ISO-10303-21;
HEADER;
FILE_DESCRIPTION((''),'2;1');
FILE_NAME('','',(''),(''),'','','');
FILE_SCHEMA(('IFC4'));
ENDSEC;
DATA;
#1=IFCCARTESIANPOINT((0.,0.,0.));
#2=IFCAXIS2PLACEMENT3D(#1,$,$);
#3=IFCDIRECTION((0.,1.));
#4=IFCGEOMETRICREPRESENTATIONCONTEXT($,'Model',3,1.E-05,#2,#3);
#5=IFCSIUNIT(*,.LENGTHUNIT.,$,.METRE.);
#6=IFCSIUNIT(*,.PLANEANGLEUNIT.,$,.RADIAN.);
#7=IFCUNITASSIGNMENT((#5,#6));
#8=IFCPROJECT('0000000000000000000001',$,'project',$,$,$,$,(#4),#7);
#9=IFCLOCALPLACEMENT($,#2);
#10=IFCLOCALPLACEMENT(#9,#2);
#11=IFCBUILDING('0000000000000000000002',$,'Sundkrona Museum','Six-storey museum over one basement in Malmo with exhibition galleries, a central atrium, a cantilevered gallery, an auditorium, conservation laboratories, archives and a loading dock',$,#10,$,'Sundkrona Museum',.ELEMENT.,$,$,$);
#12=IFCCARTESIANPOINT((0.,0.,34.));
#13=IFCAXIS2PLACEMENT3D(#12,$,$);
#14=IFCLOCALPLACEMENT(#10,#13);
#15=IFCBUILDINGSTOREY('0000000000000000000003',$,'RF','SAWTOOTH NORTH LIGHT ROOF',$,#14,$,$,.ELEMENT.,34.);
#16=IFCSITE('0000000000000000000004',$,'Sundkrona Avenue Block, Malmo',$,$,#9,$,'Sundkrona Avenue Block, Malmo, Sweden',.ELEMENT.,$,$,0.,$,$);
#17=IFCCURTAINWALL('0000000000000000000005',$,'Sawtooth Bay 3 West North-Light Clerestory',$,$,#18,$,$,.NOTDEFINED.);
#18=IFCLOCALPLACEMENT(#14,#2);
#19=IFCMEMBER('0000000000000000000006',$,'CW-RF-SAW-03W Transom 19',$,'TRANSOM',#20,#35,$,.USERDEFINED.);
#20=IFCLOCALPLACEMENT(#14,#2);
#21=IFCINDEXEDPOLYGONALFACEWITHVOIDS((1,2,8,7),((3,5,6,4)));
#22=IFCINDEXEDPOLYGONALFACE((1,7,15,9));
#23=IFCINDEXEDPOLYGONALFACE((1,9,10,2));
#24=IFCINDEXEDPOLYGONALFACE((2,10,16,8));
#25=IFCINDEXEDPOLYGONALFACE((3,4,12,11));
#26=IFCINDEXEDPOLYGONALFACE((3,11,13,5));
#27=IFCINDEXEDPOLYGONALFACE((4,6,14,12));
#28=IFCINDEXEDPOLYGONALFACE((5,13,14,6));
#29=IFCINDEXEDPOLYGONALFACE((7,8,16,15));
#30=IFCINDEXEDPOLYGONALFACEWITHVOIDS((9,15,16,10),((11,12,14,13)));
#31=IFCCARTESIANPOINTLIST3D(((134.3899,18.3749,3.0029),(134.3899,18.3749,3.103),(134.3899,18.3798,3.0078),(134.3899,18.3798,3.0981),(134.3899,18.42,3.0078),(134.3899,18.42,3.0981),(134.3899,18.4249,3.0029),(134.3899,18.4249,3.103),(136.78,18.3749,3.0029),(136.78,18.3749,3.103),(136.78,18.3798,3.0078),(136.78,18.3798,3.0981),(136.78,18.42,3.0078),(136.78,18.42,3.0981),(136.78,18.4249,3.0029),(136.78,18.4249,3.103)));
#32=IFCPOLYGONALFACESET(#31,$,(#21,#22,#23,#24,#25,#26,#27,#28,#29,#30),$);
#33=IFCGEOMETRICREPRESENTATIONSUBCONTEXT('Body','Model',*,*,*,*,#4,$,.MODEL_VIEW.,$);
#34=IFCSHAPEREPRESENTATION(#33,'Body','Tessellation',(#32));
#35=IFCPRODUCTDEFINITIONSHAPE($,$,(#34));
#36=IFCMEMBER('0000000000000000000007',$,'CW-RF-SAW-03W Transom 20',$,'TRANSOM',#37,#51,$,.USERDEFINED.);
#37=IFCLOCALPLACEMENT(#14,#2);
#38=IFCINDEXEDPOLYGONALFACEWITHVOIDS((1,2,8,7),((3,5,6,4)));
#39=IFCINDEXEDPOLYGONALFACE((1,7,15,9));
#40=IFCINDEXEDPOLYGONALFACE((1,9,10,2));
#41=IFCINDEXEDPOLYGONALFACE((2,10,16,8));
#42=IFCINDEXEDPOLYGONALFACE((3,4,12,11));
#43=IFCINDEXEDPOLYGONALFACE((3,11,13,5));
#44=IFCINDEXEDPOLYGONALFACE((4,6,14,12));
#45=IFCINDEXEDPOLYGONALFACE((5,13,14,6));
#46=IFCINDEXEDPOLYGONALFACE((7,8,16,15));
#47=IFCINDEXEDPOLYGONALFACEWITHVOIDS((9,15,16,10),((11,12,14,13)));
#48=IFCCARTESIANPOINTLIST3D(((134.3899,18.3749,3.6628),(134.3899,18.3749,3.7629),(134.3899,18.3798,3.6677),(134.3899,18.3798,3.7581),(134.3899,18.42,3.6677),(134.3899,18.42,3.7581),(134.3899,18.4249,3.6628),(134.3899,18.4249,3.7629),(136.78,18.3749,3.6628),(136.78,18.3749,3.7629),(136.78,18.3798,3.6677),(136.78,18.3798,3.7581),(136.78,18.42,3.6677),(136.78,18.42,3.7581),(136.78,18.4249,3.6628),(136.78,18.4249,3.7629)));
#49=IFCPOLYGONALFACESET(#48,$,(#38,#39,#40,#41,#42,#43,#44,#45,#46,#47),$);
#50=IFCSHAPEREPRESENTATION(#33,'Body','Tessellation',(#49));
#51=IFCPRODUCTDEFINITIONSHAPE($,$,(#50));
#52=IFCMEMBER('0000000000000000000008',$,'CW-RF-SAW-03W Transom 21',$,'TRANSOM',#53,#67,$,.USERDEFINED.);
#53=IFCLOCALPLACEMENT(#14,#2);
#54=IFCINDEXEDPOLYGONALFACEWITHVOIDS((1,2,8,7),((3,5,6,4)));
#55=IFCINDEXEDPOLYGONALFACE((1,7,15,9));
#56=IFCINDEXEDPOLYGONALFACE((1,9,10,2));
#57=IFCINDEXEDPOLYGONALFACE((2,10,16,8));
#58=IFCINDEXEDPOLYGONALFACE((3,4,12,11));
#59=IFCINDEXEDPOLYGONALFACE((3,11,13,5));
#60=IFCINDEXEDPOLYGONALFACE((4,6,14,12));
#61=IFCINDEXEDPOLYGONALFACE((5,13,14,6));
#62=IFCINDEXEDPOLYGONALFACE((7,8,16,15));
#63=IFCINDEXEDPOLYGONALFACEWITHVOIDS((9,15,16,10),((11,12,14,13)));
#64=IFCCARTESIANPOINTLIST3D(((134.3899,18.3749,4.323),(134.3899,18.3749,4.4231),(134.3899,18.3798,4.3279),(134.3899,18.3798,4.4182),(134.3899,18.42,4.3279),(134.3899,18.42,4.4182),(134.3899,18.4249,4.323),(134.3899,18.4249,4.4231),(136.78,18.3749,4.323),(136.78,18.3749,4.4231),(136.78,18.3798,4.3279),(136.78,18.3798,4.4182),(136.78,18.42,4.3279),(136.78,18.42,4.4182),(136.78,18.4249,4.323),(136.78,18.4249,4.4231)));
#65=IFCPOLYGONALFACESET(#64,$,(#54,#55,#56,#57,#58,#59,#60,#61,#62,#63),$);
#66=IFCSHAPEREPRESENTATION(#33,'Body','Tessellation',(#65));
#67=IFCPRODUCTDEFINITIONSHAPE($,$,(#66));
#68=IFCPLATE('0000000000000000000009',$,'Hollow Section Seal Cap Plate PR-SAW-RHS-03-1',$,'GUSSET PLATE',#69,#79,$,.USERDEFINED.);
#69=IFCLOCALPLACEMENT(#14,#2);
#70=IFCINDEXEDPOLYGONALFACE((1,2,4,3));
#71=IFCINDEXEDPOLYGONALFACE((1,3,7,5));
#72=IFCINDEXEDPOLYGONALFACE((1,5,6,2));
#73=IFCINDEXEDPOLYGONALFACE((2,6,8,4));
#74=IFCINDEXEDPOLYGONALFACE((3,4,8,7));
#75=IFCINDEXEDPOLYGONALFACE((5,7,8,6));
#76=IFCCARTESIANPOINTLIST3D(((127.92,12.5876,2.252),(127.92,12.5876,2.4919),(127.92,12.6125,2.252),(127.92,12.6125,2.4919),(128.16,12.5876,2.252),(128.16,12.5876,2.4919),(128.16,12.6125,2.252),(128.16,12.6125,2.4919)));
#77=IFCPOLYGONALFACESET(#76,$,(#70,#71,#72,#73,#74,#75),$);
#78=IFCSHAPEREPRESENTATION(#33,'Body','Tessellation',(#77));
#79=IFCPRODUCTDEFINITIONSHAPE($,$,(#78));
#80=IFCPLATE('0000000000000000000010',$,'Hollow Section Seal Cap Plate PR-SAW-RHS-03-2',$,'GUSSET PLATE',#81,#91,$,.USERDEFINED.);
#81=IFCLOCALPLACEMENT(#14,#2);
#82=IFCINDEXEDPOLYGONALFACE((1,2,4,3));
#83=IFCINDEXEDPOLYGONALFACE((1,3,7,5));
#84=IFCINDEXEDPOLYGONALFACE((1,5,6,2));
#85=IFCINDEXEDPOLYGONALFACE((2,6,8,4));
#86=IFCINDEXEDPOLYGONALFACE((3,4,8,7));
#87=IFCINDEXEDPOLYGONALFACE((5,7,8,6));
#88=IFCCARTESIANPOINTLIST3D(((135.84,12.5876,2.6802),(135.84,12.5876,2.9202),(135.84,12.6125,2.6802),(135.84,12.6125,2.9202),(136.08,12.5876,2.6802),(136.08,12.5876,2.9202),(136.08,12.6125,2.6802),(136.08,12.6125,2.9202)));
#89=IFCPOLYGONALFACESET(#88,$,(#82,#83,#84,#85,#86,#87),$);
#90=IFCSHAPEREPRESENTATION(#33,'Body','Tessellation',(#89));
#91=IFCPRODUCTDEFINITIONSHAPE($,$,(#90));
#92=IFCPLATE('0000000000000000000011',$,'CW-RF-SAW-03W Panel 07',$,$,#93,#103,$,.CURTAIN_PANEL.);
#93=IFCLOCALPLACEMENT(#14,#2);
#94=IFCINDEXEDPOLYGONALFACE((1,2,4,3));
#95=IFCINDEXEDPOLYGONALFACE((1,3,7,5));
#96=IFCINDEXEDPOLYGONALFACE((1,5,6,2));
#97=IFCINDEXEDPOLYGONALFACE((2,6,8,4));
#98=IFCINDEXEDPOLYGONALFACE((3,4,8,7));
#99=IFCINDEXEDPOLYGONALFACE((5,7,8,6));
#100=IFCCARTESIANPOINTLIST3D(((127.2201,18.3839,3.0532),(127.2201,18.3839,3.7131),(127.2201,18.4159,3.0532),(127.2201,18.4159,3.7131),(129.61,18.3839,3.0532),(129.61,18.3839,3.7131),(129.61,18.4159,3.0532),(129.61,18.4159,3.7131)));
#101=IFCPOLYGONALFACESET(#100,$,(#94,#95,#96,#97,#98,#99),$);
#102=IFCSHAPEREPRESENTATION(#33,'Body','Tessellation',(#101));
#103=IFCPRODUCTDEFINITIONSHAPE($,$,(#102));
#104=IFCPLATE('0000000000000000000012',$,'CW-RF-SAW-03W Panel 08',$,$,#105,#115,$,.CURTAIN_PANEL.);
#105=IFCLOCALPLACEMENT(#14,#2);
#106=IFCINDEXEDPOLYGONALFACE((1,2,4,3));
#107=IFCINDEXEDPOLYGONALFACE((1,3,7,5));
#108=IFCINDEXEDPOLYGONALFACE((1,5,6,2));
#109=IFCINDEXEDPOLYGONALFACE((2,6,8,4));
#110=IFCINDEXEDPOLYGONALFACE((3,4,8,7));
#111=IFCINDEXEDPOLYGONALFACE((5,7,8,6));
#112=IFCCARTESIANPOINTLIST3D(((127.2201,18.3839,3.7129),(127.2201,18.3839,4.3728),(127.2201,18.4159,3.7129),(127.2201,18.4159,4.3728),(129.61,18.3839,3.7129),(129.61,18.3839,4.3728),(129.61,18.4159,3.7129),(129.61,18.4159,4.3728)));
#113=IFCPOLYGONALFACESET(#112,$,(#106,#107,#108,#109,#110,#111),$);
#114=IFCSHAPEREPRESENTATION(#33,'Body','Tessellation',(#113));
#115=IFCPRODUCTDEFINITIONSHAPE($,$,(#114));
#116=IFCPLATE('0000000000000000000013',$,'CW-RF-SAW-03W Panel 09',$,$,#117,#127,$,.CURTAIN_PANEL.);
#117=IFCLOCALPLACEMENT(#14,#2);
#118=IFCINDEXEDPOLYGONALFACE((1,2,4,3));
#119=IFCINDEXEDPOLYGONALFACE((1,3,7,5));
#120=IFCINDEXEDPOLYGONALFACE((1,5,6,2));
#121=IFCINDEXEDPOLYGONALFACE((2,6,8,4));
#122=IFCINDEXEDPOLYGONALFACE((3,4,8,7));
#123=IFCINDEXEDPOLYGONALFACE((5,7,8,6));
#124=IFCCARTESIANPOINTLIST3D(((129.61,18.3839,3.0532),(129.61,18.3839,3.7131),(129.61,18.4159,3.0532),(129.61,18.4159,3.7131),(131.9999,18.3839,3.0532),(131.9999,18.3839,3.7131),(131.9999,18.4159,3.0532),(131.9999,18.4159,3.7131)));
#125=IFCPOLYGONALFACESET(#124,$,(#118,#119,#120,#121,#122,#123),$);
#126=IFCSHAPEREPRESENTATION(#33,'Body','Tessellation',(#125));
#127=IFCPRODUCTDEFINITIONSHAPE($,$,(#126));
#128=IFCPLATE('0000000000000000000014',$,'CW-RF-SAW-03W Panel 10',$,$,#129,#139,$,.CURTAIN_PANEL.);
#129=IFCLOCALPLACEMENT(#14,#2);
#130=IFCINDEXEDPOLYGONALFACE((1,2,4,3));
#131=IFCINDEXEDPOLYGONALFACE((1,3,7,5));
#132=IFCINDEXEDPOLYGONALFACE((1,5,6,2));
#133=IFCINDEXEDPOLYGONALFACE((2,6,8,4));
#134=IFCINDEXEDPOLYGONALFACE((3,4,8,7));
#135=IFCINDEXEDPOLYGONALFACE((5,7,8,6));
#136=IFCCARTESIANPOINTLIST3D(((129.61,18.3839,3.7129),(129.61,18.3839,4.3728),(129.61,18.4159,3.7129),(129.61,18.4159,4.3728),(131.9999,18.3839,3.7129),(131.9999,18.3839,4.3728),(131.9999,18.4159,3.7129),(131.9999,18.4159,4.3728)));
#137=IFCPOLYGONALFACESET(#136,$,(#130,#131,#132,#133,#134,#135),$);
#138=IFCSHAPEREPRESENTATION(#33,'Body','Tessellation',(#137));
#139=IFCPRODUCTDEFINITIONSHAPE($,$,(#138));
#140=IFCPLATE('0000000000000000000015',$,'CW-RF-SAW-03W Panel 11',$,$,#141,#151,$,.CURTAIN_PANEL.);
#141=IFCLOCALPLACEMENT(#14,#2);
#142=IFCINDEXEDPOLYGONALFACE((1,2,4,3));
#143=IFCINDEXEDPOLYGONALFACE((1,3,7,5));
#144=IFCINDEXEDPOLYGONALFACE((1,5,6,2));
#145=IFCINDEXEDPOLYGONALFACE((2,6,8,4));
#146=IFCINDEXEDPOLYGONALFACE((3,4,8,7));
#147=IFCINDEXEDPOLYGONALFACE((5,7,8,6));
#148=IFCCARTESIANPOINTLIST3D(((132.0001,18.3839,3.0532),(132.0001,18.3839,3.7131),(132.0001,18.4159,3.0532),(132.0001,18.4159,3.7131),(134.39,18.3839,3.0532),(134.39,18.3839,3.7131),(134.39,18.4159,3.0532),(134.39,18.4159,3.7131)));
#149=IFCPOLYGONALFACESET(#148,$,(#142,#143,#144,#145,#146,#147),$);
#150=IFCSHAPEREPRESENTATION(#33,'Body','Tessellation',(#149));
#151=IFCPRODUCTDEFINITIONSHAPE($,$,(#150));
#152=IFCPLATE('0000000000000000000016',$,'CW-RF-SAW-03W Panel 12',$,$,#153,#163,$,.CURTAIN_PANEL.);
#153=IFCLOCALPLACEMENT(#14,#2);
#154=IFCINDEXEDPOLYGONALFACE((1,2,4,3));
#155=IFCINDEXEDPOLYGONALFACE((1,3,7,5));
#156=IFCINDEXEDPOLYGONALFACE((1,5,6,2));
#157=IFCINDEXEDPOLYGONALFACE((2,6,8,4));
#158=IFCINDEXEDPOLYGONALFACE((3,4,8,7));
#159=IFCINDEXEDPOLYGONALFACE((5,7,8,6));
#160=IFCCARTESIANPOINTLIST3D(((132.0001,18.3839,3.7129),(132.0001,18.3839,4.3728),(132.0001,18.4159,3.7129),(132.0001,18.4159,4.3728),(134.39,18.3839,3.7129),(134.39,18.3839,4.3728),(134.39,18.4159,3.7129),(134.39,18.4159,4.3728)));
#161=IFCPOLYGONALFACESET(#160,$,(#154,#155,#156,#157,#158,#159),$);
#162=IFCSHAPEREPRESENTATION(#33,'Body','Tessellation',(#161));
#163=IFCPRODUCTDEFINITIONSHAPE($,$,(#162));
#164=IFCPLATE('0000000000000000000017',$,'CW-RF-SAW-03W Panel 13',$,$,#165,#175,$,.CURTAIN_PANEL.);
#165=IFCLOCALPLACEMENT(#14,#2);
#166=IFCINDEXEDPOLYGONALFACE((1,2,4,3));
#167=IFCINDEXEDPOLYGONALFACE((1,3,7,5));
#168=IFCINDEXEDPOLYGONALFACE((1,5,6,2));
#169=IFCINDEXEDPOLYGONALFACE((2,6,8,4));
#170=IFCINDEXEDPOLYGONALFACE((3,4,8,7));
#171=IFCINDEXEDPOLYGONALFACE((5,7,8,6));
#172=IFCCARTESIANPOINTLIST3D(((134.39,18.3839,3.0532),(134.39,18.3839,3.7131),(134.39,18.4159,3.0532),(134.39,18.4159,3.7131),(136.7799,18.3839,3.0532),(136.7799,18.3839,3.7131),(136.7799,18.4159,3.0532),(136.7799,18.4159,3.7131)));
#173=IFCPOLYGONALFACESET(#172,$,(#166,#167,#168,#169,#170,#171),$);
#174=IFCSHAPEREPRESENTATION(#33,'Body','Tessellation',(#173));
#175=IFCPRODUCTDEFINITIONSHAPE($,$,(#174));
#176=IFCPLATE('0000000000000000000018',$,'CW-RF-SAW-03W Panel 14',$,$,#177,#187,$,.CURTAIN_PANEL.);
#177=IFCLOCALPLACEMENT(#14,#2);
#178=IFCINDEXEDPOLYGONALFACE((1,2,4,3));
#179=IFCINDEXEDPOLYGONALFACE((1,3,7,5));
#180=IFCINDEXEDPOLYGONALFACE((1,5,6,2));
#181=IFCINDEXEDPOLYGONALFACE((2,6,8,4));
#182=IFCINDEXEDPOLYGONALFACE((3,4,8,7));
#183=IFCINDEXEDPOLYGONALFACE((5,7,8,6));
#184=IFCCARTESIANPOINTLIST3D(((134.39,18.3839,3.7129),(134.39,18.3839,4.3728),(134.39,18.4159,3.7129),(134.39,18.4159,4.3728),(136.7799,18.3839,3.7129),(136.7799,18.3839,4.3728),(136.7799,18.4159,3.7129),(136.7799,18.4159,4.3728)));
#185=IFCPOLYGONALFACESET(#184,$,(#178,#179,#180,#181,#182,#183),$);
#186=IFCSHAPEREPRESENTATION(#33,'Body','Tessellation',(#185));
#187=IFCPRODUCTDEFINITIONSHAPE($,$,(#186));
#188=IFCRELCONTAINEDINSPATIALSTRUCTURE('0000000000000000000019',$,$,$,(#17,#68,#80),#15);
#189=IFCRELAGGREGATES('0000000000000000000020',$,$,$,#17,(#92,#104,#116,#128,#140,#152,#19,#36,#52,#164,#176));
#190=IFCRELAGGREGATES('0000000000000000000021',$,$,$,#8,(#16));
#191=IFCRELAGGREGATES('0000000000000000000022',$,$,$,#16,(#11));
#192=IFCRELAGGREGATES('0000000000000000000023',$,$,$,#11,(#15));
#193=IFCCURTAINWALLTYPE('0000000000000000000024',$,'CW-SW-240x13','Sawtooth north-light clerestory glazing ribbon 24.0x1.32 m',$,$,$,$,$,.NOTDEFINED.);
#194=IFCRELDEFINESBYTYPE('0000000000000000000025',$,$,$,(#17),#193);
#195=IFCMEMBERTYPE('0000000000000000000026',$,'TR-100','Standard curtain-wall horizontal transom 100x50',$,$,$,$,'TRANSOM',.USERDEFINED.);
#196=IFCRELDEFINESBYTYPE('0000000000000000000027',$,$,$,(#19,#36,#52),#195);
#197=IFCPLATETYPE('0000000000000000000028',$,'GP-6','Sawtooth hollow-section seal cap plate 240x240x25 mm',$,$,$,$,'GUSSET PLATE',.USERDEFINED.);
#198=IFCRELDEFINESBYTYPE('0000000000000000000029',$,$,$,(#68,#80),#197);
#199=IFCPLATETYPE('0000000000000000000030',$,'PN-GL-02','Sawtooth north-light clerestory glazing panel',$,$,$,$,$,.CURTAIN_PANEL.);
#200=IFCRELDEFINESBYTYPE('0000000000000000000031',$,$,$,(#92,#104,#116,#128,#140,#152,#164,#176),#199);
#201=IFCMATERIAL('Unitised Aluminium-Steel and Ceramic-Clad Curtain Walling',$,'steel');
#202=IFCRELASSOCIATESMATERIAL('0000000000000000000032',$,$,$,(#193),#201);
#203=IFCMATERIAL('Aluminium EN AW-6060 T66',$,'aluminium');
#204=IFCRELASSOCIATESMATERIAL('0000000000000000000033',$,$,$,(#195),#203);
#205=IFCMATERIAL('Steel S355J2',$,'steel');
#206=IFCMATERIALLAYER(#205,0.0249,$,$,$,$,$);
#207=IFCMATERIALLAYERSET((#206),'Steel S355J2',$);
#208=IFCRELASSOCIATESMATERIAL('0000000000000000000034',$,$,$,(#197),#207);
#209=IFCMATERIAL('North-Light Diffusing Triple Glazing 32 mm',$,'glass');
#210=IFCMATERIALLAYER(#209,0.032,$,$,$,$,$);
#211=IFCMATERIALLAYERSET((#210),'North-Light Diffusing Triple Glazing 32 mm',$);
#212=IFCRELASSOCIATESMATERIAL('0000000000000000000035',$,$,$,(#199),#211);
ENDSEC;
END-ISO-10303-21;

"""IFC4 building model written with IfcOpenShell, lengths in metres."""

from ifc_helpers import new_model, si_unit, direction, frame, origin, origin_2d, place, context, subcontext, project, spatial, rectangle, hollow_rectangle, extrude, material, layer, layer_set, material_profile, profile_set, type_object, element, aggregate, save


model = new_model("IFC4")

# Units and contexts
model_context = context("Model", 3, precision=1e-05, world=origin(), true_north=direction((0.0, 1.0)))
body_context = subcontext(model_context, "Body", "Model", "MODEL_VIEW")
ifc_project = project(units=[si_unit("LENGTHUNIT", "METRE"), si_unit("PLANEANGLEUNIT", "RADIAN")], contexts=[model_context])

# Site, building, storey
site_placement = place(None, origin())
site = spatial("IfcSite", under=ifc_project, at=site_placement, Name="Sundkrona Avenue Block, Malmo", LongName="Sundkrona Avenue Block, Malmo, Sweden", CompositionType="ELEMENT", RefElevation=0.0)
building_placement = place(site_placement, origin())
building = spatial("IfcBuilding", under=site, at=building_placement, Name="Sundkrona Museum", Description="Six-storey museum over one basement in Malmo with exhibition galleries, a central atrium, a cantilevered gallery, an auditorium, conservation laboratories, archives and a loading dock", LongName="Sundkrona Museum", CompositionType="ELEMENT")
storey_placement = place(building_placement, frame((0.0, 0.0, 34.0)))
storey = spatial("IfcBuildingStorey", under=building, at=storey_placement, Name="RF", Description="SAWTOOTH NORTH LIGHT ROOF", CompositionType="ELEMENT", Elevation=34.0)

# Curtain wall
ifc_material_1 = material(Name="Unitised Aluminium-Steel and Ceramic-Clad Curtain Walling", Category="steel")
curtain_wall_type = type_object("IfcCurtainWallType", Name="CW-SW-240x13", Description="Sawtooth north-light clerestory glazing ribbon 24.0x1.32 m", PredefinedType="NOTDEFINED", material=ifc_material_1)
curtain_wall_placement = place(storey_placement, origin())
curtain_wall = element("IfcCurtainWall", 1, at=curtain_wall_placement, inside=storey, type_object=curtain_wall_type, Name="Sawtooth Bay 3 West North-Light Clerestory", PredefinedType="NOTDEFINED")
ifc_material_2 = material(Name="Aluminium EN AW-6060 T66", Category="aluminium")

# Members
ifc_material_3 = material(Name="Steel S355J2", Category="steel")
ifc_material_profile_1 = material_profile(ifc_material_2, hollow_rectangle(XDim=0.05, YDim=0.1001, WallThickness=0.0049, at=origin_2d()), Name="RHS 100x50x5.0")
ifc_profile_set_1 = profile_set([ifc_material_profile_1], Name="Aluminium EN AW-6060 T66")
member_type_1 = type_object("IfcMemberType", Name="TR-100", Description="Standard curtain-wall horizontal transom 100x50", ElementType="TRANSOM", PredefinedType="USERDEFINED", material=ifc_profile_set_1)
member_1_placement = place(storey_placement, frame((134.3899, 18.3999, 3.053), z_axis=(1.0, 0.0, 0.0), x_axis=(0.0, 1.0, 0.0)))
member_1 = element("IfcMember", 2, at=member_1_placement, type_object=member_type_1, Name="CW-RF-SAW-03W Transom 19", ObjectType="TRANSOM", PredefinedType="USERDEFINED", context=body_context, shape_type="SweptSolid", body=[
    extrude(hollow_rectangle(XDim=0.05, YDim=0.1001, WallThickness=0.0049, at=origin_2d()), origin(), (0.0, 0.0, 1.0), 2.3901),
])
member_2_placement = place(storey_placement, frame((134.3899, 18.3999, 3.7129), z_axis=(1.0, 0.0, 0.0), x_axis=(0.0, 1.0, 0.0)))
member_2 = element("IfcMember", 3, at=member_2_placement, type_object=member_type_1, Name="CW-RF-SAW-03W Transom 20", ObjectType="TRANSOM", PredefinedType="USERDEFINED", context=body_context, shape_type="SweptSolid", body=[
    extrude(hollow_rectangle(XDim=0.05, YDim=0.1001, WallThickness=0.0049, at=origin_2d()), origin(), (0.0, 0.0, 1.0), 2.3901),
])
member_3_placement = place(storey_placement, frame((134.3899, 18.3999, 4.373), z_axis=(1.0, 0.0, 0.0), x_axis=(0.0, 1.0, 0.0)))
member_3 = element("IfcMember", 4, at=member_3_placement, type_object=member_type_1, Name="CW-RF-SAW-03W Transom 21", ObjectType="TRANSOM", PredefinedType="USERDEFINED", context=body_context, shape_type="SweptSolid", body=[
    extrude(hollow_rectangle(XDim=0.05, YDim=0.1001, WallThickness=0.0049, at=origin_2d()), origin(), (0.0, 0.0, 1.0), 2.3901),
])

# Plates
ifc_layer_1 = layer(ifc_material_3, 0.0249)
ifc_layer_set_1 = layer_set([ifc_layer_1], Name="Steel S355J2")
plate_type_1 = type_object("IfcPlateType", Name="GP-6", Description="Sawtooth hollow-section seal cap plate 240x240x25 mm", ElementType="GUSSET PLATE", PredefinedType="USERDEFINED", material=ifc_layer_set_1)
for number, where, z_axis, x_axis, name in (
    (5, (128.04, 12.6001, 2.252), (0.0, 0.0, 1.0), (1.0, 0.0, 0.0), "Hollow Section Seal Cap Plate PR-SAW-RHS-03-1"),
    (6, (135.96, 12.6001, 2.6802), (0.0, 0.0, 1.0), (1.0, 0.0, 0.0), "Hollow Section Seal Cap Plate PR-SAW-RHS-03-2"),
):
    element("IfcPlate", number, at=place(storey_placement, frame(where, z_axis=z_axis, x_axis=x_axis)), inside=storey, type_object=plate_type_1, Name=name, ObjectType="GUSSET PLATE", PredefinedType="USERDEFINED", context=body_context, shape_type="SweptSolid", body=[
        extrude(rectangle(XDim=0.24, YDim=0.0249, at=origin_2d()), origin(), (0.0, 0.0, 1.0), 0.24),
    ])

# Plates
ifc_material_4 = material(Name="North-Light Diffusing Triple Glazing 32 mm", Category="glass")
ifc_layer_2 = layer(ifc_material_4, 0.032)
ifc_layer_set_2 = layer_set([ifc_layer_2], Name="North-Light Diffusing Triple Glazing 32 mm")
plate_type_2 = type_object("IfcPlateType", Name="PN-GL-02", Description="Sawtooth north-light clerestory glazing panel", PredefinedType="CURTAIN_PANEL", material=ifc_layer_set_2)
plate_1_placement = place(storey_placement, frame((128.415, 18.3999, 3.0532), z_axis=(0.0, 0.0, 1.0), x_axis=(1.0, 0.0, 0.0)))
plate_1 = element("IfcPlate", 7, at=plate_1_placement, type_object=plate_type_2, Name="CW-RF-SAW-03W Panel 07", PredefinedType="CURTAIN_PANEL", context=body_context, shape_type="SweptSolid", body=[
    extrude(rectangle(XDim=2.3899, YDim=0.032, at=origin_2d()), origin(), (0.0, 0.0, 1.0), 0.6599),
])
plate_2_placement = place(storey_placement, frame((128.415, 18.3999, 3.7129), z_axis=(0.0, 0.0, 1.0), x_axis=(1.0, 0.0, 0.0)))
plate_2 = element("IfcPlate", 8, at=plate_2_placement, type_object=plate_type_2, Name="CW-RF-SAW-03W Panel 08", PredefinedType="CURTAIN_PANEL", context=body_context, shape_type="SweptSolid", body=[
    extrude(rectangle(XDim=2.3899, YDim=0.032, at=origin_2d()), origin(), (0.0, 0.0, 1.0), 0.6599),
])
plate_3_placement = place(storey_placement, frame((130.8049, 18.3999, 3.0532), z_axis=(0.0, 0.0, 1.0), x_axis=(1.0, 0.0, 0.0)))
plate_3 = element("IfcPlate", 9, at=plate_3_placement, type_object=plate_type_2, Name="CW-RF-SAW-03W Panel 09", PredefinedType="CURTAIN_PANEL", context=body_context, shape_type="SweptSolid", body=[
    extrude(rectangle(XDim=2.3899, YDim=0.032, at=origin_2d()), origin(), (0.0, 0.0, 1.0), 0.6599),
])
plate_4_placement = place(storey_placement, frame((130.8049, 18.3999, 3.7129), z_axis=(0.0, 0.0, 1.0), x_axis=(1.0, 0.0, 0.0)))
plate_4 = element("IfcPlate", 10, at=plate_4_placement, type_object=plate_type_2, Name="CW-RF-SAW-03W Panel 10", PredefinedType="CURTAIN_PANEL", context=body_context, shape_type="SweptSolid", body=[
    extrude(rectangle(XDim=2.3899, YDim=0.032, at=origin_2d()), origin(), (0.0, 0.0, 1.0), 0.6599),
])
plate_5_placement = place(storey_placement, frame((133.1951, 18.3999, 3.0532), z_axis=(0.0, 0.0, 1.0), x_axis=(1.0, 0.0, 0.0)))
plate_5 = element("IfcPlate", 11, at=plate_5_placement, type_object=plate_type_2, Name="CW-RF-SAW-03W Panel 11", PredefinedType="CURTAIN_PANEL", context=body_context, shape_type="SweptSolid", body=[
    extrude(rectangle(XDim=2.3899, YDim=0.032, at=origin_2d()), origin(), (0.0, 0.0, 1.0), 0.6599),
])
plate_6_placement = place(storey_placement, frame((133.1951, 18.3999, 3.7129), z_axis=(0.0, 0.0, 1.0), x_axis=(1.0, 0.0, 0.0)))
plate_6 = element("IfcPlate", 12, at=plate_6_placement, type_object=plate_type_2, Name="CW-RF-SAW-03W Panel 12", PredefinedType="CURTAIN_PANEL", context=body_context, shape_type="SweptSolid", body=[
    extrude(rectangle(XDim=2.3899, YDim=0.032, at=origin_2d()), origin(), (0.0, 0.0, 1.0), 0.6599),
])
plate_7_placement = place(storey_placement, frame((135.585, 18.3999, 3.0532), z_axis=(0.0, 0.0, 1.0), x_axis=(1.0, 0.0, 0.0)))
plate_7 = element("IfcPlate", 13, at=plate_7_placement, type_object=plate_type_2, Name="CW-RF-SAW-03W Panel 13", PredefinedType="CURTAIN_PANEL", context=body_context, shape_type="SweptSolid", body=[
    extrude(rectangle(XDim=2.3899, YDim=0.032, at=origin_2d()), origin(), (0.0, 0.0, 1.0), 0.6599),
])
plate_8_placement = place(storey_placement, frame((135.585, 18.3999, 3.7129), z_axis=(0.0, 0.0, 1.0), x_axis=(1.0, 0.0, 0.0)))
plate_8 = element("IfcPlate", 14, at=plate_8_placement, type_object=plate_type_2, Name="CW-RF-SAW-03W Panel 14", PredefinedType="CURTAIN_PANEL", context=body_context, shape_type="SweptSolid", body=[
    extrude(rectangle(XDim=2.3899, YDim=0.032, at=origin_2d()), origin(), (0.0, 0.0, 1.0), 0.6599),
])
aggregate(curtain_wall, [plate_1, plate_2, plate_3, plate_4, plate_5, plate_6, member_1, member_2, member_3, plate_7, plate_8])

save(model, "model.ifc")
